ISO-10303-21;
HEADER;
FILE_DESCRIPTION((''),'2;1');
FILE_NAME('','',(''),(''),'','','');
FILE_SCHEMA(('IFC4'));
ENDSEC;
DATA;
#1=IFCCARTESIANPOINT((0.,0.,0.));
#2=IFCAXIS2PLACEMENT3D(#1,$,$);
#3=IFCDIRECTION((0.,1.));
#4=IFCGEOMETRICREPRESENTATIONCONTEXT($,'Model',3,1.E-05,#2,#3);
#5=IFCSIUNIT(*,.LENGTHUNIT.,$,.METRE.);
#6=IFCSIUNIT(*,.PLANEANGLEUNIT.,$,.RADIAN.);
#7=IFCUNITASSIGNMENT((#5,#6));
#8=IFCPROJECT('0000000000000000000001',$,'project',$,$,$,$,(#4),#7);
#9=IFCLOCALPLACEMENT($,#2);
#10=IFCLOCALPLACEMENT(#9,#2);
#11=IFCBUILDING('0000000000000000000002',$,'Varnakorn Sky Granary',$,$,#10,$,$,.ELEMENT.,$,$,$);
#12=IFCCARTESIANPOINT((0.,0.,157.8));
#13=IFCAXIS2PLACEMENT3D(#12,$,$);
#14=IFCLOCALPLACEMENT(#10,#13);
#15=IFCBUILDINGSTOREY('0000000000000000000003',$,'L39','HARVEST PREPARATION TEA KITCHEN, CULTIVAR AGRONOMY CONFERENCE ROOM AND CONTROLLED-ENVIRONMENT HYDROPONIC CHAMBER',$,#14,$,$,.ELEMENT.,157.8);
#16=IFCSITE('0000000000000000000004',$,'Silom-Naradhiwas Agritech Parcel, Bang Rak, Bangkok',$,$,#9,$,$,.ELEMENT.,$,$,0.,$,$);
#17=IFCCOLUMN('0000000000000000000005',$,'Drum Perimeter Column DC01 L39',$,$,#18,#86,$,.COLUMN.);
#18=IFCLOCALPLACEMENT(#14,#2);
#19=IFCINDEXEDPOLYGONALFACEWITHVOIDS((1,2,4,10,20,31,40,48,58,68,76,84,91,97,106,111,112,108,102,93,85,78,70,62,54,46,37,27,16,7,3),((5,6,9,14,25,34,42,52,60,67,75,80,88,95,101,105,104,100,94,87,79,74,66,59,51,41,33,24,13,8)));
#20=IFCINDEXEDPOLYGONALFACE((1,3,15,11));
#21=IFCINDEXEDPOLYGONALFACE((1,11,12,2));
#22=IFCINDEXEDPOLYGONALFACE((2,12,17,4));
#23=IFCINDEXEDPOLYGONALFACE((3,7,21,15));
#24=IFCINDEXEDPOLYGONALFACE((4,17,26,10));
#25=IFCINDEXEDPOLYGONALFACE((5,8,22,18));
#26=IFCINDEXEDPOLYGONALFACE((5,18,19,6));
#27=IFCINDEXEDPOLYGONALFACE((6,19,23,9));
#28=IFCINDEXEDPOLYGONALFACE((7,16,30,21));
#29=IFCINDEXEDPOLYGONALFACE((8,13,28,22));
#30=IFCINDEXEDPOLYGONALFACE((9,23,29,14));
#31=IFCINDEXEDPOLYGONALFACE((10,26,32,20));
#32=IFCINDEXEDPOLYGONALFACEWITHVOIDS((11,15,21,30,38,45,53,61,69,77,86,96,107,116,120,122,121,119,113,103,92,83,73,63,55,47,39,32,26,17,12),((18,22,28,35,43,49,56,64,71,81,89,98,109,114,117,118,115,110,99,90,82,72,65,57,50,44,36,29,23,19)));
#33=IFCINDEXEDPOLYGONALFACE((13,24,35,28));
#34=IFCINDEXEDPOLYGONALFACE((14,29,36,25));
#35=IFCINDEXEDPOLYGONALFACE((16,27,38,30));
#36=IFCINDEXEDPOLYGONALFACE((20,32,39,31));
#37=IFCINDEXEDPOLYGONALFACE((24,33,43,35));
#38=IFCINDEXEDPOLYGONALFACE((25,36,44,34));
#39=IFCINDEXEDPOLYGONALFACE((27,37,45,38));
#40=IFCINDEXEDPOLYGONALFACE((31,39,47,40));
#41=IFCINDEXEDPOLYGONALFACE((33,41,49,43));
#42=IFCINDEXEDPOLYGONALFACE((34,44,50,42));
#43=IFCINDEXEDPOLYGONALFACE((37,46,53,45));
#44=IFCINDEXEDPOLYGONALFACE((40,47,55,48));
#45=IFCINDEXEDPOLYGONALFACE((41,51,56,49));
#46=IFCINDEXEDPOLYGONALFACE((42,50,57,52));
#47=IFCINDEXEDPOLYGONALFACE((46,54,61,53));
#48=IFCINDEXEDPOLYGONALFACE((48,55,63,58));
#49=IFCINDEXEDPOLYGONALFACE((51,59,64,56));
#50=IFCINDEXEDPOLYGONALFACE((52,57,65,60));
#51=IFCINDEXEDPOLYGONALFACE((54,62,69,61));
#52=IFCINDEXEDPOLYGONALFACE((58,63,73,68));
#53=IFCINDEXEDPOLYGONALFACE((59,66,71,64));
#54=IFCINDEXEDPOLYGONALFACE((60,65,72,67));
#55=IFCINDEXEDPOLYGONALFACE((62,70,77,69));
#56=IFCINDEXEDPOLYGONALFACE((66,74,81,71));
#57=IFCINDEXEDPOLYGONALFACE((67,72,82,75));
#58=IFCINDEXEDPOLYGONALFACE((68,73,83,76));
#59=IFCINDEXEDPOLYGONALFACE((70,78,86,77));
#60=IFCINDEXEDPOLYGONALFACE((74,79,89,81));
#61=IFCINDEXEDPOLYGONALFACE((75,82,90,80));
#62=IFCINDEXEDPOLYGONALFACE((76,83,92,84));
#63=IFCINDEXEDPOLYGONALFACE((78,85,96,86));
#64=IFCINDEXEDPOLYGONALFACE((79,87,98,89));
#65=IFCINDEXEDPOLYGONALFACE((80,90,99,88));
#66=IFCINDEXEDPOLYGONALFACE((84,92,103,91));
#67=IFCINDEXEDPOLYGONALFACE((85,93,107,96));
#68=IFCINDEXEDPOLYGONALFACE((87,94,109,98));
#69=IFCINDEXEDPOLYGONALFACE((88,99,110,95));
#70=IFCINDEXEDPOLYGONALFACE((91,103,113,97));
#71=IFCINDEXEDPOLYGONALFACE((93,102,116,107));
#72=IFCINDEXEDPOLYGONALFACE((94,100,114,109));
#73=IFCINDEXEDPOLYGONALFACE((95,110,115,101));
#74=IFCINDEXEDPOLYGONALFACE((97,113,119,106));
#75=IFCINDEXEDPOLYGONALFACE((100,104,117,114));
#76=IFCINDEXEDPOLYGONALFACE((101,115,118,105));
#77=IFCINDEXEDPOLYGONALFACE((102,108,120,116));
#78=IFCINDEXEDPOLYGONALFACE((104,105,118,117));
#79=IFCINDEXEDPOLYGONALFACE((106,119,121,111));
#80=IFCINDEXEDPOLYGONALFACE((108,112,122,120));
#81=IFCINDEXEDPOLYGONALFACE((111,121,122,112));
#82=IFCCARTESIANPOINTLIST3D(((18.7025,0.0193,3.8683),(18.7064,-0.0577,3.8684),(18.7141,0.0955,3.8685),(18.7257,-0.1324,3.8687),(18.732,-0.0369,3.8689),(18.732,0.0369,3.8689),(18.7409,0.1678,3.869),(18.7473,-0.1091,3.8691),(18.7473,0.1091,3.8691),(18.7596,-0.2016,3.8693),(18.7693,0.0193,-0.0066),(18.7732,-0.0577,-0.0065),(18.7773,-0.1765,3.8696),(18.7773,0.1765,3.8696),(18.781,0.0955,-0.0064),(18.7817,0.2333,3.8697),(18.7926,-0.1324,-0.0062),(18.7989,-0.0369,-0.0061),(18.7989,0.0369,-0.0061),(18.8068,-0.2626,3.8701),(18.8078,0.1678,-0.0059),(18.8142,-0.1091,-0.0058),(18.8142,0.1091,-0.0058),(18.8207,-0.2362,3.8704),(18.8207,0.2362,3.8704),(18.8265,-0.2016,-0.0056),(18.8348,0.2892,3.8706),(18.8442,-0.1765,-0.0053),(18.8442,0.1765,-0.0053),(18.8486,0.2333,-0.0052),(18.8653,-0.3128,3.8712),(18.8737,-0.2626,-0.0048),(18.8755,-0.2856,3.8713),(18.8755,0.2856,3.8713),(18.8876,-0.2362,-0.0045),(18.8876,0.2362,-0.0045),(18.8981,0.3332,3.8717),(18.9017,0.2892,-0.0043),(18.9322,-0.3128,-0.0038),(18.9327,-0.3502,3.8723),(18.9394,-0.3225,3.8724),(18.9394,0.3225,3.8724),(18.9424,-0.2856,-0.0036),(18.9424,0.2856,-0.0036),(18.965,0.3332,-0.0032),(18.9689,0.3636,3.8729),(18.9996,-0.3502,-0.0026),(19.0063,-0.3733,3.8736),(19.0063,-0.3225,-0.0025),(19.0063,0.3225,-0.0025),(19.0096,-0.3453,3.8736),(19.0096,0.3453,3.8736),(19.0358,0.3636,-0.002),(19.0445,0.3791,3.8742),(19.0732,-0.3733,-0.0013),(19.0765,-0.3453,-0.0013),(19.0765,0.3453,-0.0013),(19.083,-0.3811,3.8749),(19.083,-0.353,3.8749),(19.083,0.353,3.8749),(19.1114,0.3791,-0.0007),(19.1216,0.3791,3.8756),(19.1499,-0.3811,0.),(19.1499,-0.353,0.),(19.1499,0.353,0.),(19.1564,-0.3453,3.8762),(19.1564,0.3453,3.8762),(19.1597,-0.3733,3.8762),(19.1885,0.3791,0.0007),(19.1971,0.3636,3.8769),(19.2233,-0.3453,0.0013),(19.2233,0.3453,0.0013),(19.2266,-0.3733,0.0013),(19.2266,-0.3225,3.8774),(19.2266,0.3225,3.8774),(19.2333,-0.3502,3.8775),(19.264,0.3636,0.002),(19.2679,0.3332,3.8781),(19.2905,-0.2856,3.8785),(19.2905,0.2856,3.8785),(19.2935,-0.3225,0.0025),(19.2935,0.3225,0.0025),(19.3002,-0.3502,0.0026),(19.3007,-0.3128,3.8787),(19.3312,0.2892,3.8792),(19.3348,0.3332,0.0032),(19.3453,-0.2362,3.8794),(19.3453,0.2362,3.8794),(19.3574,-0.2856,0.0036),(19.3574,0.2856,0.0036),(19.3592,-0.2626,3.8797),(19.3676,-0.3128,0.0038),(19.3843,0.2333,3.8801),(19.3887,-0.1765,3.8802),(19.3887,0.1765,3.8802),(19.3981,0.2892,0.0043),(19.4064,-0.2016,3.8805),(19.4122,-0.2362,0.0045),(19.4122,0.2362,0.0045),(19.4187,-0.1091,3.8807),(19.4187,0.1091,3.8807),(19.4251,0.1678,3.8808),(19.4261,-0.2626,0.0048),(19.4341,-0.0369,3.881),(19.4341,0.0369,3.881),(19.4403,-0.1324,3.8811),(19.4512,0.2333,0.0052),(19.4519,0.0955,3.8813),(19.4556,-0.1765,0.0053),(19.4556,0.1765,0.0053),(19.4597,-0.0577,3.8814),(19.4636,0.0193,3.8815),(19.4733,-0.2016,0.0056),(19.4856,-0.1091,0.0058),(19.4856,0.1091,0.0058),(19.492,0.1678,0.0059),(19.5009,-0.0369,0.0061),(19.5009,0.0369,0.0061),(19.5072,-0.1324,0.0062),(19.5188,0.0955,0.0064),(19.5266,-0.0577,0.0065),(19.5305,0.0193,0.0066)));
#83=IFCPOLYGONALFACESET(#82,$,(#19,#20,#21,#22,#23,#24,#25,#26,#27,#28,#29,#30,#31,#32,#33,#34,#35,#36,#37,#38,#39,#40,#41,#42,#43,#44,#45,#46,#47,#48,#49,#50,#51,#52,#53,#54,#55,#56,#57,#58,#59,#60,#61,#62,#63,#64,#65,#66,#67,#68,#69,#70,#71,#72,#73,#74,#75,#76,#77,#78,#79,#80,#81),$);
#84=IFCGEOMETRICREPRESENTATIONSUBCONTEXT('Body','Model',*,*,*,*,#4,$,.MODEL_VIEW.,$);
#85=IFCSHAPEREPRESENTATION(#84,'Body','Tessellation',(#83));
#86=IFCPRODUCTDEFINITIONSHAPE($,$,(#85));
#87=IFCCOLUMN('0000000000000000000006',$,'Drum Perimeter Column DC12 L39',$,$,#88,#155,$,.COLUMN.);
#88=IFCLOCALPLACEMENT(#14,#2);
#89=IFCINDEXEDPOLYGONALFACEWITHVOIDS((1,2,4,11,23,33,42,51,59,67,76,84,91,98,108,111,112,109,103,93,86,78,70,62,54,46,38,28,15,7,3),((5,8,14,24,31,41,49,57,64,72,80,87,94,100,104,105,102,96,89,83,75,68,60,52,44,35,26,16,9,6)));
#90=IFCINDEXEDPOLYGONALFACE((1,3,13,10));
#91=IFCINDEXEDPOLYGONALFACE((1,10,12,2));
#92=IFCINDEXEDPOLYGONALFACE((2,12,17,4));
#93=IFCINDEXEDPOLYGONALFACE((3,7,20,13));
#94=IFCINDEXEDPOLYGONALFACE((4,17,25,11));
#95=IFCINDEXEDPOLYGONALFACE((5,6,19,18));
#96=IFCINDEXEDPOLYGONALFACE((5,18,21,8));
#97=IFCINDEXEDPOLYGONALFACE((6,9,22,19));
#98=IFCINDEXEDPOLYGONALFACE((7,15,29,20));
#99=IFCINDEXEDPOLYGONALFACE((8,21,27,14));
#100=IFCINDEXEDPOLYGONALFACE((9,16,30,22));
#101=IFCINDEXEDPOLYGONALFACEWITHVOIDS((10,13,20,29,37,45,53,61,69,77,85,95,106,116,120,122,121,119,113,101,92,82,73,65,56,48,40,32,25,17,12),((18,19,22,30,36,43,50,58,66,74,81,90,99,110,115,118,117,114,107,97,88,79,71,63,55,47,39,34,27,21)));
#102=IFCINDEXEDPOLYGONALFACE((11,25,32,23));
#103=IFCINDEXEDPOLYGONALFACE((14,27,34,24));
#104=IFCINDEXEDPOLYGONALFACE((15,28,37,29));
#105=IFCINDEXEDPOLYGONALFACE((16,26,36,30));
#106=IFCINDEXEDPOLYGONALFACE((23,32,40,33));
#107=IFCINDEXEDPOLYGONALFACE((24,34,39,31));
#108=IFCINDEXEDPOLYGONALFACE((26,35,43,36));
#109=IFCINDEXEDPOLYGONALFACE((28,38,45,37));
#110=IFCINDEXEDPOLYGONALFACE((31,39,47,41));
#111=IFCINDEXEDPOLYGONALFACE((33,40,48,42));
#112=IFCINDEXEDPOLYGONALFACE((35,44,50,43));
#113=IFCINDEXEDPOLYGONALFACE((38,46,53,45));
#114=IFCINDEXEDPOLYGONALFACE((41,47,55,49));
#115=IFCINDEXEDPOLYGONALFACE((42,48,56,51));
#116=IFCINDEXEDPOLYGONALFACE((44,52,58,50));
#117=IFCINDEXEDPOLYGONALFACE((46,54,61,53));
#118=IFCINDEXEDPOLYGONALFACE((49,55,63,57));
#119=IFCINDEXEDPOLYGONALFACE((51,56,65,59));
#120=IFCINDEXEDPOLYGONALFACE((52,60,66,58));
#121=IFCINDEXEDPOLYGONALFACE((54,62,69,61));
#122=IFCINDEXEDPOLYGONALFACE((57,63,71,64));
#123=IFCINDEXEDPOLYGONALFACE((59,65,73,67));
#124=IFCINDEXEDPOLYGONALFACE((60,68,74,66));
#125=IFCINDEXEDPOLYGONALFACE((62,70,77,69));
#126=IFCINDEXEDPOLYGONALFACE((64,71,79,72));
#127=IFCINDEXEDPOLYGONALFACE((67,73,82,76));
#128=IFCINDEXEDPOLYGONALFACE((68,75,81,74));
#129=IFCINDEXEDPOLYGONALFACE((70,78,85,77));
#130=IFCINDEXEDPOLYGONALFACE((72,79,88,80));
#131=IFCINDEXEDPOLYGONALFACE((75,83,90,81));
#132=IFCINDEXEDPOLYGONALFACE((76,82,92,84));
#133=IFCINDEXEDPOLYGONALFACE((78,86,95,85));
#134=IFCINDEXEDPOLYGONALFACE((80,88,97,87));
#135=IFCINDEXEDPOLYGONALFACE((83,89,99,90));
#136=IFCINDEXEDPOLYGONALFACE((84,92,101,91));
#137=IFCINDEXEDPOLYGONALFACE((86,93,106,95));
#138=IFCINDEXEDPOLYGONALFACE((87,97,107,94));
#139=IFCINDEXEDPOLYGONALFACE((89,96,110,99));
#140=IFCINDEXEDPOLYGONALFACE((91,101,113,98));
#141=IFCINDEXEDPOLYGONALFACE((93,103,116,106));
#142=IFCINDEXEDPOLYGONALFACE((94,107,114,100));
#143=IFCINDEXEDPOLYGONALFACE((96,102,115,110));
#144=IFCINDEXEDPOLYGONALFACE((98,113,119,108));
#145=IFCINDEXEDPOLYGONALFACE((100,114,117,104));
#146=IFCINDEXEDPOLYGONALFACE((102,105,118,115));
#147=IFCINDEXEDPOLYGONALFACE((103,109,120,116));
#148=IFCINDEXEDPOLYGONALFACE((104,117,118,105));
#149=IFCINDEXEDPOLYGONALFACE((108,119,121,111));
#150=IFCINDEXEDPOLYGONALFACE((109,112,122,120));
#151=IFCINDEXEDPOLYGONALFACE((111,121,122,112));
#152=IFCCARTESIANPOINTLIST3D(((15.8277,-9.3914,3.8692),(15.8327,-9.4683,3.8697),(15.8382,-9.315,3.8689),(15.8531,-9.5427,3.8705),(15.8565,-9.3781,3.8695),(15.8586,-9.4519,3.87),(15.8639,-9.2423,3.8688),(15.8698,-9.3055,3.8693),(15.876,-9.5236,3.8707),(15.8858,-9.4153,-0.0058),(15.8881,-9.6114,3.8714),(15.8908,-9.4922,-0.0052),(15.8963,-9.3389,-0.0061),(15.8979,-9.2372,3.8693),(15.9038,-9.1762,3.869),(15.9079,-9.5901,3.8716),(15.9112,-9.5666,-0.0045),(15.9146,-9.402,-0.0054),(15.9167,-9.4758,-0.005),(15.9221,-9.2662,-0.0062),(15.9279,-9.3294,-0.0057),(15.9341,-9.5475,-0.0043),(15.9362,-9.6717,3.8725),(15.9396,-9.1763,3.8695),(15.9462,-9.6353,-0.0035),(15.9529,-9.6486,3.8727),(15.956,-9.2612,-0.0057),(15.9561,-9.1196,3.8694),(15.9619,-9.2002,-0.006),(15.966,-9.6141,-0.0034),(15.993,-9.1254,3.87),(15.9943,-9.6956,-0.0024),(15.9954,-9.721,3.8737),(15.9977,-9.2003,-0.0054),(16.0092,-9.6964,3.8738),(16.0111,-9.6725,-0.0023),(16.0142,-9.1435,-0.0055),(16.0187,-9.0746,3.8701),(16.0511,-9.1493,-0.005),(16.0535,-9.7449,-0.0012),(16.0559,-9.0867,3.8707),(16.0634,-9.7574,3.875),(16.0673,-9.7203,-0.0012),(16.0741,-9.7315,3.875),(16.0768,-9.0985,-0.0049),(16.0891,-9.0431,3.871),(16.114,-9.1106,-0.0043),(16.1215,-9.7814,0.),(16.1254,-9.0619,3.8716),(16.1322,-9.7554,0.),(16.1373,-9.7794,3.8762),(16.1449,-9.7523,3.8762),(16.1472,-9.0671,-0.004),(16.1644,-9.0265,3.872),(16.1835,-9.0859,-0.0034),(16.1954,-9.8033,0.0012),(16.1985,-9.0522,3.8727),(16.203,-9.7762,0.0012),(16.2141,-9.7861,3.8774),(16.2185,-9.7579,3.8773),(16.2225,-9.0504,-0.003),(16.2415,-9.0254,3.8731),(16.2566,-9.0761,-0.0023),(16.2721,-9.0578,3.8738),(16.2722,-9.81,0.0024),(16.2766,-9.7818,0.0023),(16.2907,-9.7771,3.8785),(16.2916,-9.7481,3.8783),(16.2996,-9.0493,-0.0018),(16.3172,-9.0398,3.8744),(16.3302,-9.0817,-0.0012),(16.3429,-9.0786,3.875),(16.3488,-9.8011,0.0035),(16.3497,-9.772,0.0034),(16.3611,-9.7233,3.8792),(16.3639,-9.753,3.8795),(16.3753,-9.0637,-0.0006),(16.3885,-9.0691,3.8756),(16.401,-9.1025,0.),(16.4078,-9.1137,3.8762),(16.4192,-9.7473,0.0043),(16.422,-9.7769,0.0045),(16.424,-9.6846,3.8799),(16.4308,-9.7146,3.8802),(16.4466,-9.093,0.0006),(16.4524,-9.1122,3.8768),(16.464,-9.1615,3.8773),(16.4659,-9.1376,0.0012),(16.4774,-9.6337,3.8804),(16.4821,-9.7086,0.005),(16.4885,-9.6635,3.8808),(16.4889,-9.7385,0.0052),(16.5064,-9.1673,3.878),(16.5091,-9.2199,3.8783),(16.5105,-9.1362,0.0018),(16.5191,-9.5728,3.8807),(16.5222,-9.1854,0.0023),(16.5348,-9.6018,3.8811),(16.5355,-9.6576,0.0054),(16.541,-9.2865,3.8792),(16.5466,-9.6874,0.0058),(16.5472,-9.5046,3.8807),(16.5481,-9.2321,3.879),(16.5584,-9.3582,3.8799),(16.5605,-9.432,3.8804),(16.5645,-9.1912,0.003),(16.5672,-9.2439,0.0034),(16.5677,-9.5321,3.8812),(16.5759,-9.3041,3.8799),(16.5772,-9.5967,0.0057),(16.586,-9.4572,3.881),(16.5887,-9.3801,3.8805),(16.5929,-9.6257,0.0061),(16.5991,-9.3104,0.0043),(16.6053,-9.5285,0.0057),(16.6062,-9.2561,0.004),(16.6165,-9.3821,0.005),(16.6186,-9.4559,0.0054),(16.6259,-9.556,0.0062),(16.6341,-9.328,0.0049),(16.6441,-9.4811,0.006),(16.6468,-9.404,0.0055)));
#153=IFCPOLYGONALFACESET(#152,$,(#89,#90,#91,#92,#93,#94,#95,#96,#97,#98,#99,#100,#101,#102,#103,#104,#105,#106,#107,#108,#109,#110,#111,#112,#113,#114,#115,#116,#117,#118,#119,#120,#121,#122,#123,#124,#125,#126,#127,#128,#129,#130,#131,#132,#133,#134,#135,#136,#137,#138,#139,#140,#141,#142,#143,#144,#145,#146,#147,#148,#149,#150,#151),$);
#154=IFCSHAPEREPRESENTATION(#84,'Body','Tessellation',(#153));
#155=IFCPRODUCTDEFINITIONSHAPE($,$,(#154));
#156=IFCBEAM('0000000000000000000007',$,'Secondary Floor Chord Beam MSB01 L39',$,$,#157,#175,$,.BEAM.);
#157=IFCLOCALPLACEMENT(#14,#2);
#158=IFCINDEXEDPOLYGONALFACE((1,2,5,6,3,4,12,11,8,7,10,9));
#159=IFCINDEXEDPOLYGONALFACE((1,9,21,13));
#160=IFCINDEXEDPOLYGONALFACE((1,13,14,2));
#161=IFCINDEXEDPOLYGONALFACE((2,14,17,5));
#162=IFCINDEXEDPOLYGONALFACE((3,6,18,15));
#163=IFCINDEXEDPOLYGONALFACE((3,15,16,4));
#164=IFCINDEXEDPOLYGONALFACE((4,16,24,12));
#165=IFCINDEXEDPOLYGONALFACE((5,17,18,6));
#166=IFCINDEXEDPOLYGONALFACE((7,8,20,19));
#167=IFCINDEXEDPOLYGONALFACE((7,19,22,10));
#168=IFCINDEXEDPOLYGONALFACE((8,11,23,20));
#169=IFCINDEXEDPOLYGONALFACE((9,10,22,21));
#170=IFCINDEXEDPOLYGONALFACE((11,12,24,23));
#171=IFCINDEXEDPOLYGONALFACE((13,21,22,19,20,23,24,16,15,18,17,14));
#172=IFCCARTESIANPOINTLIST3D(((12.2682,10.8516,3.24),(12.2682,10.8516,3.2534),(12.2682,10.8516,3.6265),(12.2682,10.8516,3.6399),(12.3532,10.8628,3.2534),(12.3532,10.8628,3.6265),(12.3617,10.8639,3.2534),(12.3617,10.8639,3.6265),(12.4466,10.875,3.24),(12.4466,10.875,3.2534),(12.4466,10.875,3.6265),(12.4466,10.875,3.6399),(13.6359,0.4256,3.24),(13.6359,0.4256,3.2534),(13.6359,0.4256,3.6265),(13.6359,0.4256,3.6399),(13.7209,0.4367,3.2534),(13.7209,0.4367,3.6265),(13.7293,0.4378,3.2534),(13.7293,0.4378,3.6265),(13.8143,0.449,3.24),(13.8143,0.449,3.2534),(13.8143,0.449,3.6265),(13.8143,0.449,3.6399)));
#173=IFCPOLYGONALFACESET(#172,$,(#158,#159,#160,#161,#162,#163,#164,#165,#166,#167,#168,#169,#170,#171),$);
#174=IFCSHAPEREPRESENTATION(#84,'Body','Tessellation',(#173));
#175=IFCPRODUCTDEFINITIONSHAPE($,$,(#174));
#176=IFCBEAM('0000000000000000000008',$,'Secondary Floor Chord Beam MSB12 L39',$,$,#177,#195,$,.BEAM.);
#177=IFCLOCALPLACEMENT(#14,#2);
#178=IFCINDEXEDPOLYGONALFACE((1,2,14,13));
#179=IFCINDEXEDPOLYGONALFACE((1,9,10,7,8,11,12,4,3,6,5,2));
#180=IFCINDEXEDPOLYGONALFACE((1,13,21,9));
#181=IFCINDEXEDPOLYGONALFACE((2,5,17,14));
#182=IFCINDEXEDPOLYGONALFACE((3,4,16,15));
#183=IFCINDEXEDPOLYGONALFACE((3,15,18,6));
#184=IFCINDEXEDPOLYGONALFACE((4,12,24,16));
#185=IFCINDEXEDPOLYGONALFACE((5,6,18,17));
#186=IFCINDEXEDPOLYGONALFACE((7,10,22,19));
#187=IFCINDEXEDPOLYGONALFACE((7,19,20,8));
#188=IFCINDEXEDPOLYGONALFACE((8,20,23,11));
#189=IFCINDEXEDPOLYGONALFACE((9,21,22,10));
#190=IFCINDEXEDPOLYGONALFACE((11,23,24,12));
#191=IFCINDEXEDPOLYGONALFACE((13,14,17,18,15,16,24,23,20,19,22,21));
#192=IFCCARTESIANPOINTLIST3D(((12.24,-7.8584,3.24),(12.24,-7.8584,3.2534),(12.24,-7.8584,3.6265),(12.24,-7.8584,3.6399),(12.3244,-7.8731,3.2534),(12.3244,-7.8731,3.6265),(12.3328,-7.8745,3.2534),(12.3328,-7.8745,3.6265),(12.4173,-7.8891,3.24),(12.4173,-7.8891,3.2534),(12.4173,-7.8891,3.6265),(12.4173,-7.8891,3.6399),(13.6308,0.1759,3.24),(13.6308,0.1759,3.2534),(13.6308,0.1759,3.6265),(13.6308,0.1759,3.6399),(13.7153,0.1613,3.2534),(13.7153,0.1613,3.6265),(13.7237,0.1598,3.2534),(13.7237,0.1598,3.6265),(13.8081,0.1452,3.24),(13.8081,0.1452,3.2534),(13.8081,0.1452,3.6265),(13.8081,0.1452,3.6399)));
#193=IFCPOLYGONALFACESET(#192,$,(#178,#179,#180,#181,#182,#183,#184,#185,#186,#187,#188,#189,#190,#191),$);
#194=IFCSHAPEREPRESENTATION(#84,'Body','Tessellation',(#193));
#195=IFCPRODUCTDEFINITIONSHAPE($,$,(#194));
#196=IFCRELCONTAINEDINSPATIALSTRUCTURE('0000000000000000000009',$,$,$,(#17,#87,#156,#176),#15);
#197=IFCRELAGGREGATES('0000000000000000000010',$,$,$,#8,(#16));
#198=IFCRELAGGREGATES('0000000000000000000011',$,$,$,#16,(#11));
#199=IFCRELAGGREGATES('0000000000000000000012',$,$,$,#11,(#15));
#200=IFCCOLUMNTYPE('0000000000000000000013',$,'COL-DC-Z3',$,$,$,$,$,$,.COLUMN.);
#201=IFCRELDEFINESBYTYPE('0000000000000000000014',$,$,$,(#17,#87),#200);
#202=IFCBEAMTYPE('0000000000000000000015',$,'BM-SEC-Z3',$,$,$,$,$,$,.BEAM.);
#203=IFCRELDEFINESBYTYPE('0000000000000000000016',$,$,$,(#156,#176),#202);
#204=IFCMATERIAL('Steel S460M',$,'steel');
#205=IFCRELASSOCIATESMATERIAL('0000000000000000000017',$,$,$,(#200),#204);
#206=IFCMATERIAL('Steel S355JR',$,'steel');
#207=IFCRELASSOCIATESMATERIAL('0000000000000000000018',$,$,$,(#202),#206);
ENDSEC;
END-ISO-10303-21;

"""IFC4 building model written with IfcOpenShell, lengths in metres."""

from ifc_helpers import new_model, si_unit, direction, frame, origin, origin_2d, place, context, subcontext, project, spatial, hollow_circle, i_section, extrude, material, material_profile, profile_set, type_object, element, save


model = new_model("IFC4")

# Units and contexts
model_context = context("Model", 3, precision=1e-05, world=origin(), true_north=direction((0.0, 1.0)))
body_context = subcontext(model_context, "Body", "Model", "MODEL_VIEW")
ifc_project = project(units=[si_unit("LENGTHUNIT", "METRE"), si_unit("PLANEANGLEUNIT", "RADIAN")], contexts=[model_context])

# Site, building, storey
site_placement = place(None, origin())
site = spatial("IfcSite", under=ifc_project, at=site_placement, Name="Silom-Naradhiwas Agritech Parcel, Bang Rak, Bangkok", CompositionType="ELEMENT", RefElevation=0.0)
building_placement = place(site_placement, origin())
building = spatial("IfcBuilding", under=site, at=building_placement, Name="Varnakorn Sky Granary", CompositionType="ELEMENT")
storey_placement = place(building_placement, frame((0.0, 0.0, 157.8)))
storey = spatial("IfcBuildingStorey", under=building, at=storey_placement, Name="L39", Description="HARVEST PREPARATION TEA KITCHEN, CULTIVAR AGRONOMY CONFERENCE ROOM AND CONTROLLED-ENVIRONMENT HYDROPONIC CHAMBER", CompositionType="ELEMENT", Elevation=157.8)

# Columns
ifc_material_1 = material(Name="Steel S460M", Category="steel")
ifc_material_profile_1 = material_profile(ifc_material_1, hollow_circle(Radius=0.3811, WallThickness=0.0281, at=origin_2d()), Name="CHS 762x28")
ifc_profile_set_1 = profile_set([ifc_material_profile_1], Name="Steel S460M")
column_type = type_object("IfcColumnType", Name="COL-DC-Z3", PredefinedType="COLUMN", material=ifc_profile_set_1)
for number, where, z_axis, x_axis, name in (
    (1, (19.1499, 0.0, 0.0), (-0.017261, 0.0, 0.999851), (0.0, -1.0, 0.0), "Drum Perimeter Column DC01 L39"),
    (2, (16.2666, -9.429, 0.0), (-0.014993, 0.006174, 0.999869), (-0.38075, -0.924678, 0.0), "Drum Perimeter Column DC12 L39"),
):
    element("IfcColumn", number, at=place(storey_placement, frame(where, z_axis=z_axis, x_axis=x_axis)), inside=storey, type_object=column_type, Name=name, PredefinedType="COLUMN", context=body_context, shape_type="SweptSolid", body=[
        extrude(hollow_circle(Radius=0.3811, WallThickness=0.0281, at=origin_2d()), origin(), (0.0, 0.0, 1.0), 3.8755),
    ])

# Beams
ifc_material_2 = material(Name="Steel S355JR", Category="steel")
ifc_material_profile_2 = material_profile(ifc_material_2, i_section(OverallWidth=0.1799, OverallDepth=0.3999, WebThickness=0.0085, FlangeThickness=0.0134, at=origin_2d()), Name="IPE 400")
ifc_profile_set_2 = profile_set([ifc_material_profile_2], Name="Steel S355JR")
beam_type_1 = type_object("IfcBeamType", Name="BM-SEC-Z3", PredefinedType="BEAM", material=ifc_profile_set_2)
beam_1_placement = place(storey_placement, frame((13.7251, 0.4373, 3.4399), z_axis=(-0.130065, 0.991506, 0.0), x_axis=(-0.991506, -0.130065, 0.0)))
element("IfcBeam", 3, at=beam_1_placement, inside=storey, type_object=beam_type_1, Name="Secondary Floor Chord Beam MSB01 L39", PredefinedType="BEAM", context=body_context, shape_type="SweptSolid", body=[
    extrude(i_section(OverallWidth=0.1799, OverallDepth=0.3999, WebThickness=0.0085, FlangeThickness=0.0134, at=origin_2d()), origin(), (0.0, 0.0, 1.0), 10.5154),
])
beam_2_placement = place(storey_placement, frame((12.3286, -7.8738, 3.4399), z_axis=(0.170577, 0.985344, 0.0), x_axis=(-0.985344, 0.170577, 0.0)))
element("IfcBeam", 4, at=beam_2_placement, inside=storey, type_object=beam_type_1, Name="Secondary Floor Chord Beam MSB12 L39", PredefinedType="BEAM", context=body_context, shape_type="SweptSolid", body=[
    extrude(i_section(OverallWidth=0.1799, OverallDepth=0.3999, WebThickness=0.0085, FlangeThickness=0.0134, at=origin_2d()), origin(), (0.0, 0.0, 1.0), 8.1538),
])

save(model, "model.ifc")
